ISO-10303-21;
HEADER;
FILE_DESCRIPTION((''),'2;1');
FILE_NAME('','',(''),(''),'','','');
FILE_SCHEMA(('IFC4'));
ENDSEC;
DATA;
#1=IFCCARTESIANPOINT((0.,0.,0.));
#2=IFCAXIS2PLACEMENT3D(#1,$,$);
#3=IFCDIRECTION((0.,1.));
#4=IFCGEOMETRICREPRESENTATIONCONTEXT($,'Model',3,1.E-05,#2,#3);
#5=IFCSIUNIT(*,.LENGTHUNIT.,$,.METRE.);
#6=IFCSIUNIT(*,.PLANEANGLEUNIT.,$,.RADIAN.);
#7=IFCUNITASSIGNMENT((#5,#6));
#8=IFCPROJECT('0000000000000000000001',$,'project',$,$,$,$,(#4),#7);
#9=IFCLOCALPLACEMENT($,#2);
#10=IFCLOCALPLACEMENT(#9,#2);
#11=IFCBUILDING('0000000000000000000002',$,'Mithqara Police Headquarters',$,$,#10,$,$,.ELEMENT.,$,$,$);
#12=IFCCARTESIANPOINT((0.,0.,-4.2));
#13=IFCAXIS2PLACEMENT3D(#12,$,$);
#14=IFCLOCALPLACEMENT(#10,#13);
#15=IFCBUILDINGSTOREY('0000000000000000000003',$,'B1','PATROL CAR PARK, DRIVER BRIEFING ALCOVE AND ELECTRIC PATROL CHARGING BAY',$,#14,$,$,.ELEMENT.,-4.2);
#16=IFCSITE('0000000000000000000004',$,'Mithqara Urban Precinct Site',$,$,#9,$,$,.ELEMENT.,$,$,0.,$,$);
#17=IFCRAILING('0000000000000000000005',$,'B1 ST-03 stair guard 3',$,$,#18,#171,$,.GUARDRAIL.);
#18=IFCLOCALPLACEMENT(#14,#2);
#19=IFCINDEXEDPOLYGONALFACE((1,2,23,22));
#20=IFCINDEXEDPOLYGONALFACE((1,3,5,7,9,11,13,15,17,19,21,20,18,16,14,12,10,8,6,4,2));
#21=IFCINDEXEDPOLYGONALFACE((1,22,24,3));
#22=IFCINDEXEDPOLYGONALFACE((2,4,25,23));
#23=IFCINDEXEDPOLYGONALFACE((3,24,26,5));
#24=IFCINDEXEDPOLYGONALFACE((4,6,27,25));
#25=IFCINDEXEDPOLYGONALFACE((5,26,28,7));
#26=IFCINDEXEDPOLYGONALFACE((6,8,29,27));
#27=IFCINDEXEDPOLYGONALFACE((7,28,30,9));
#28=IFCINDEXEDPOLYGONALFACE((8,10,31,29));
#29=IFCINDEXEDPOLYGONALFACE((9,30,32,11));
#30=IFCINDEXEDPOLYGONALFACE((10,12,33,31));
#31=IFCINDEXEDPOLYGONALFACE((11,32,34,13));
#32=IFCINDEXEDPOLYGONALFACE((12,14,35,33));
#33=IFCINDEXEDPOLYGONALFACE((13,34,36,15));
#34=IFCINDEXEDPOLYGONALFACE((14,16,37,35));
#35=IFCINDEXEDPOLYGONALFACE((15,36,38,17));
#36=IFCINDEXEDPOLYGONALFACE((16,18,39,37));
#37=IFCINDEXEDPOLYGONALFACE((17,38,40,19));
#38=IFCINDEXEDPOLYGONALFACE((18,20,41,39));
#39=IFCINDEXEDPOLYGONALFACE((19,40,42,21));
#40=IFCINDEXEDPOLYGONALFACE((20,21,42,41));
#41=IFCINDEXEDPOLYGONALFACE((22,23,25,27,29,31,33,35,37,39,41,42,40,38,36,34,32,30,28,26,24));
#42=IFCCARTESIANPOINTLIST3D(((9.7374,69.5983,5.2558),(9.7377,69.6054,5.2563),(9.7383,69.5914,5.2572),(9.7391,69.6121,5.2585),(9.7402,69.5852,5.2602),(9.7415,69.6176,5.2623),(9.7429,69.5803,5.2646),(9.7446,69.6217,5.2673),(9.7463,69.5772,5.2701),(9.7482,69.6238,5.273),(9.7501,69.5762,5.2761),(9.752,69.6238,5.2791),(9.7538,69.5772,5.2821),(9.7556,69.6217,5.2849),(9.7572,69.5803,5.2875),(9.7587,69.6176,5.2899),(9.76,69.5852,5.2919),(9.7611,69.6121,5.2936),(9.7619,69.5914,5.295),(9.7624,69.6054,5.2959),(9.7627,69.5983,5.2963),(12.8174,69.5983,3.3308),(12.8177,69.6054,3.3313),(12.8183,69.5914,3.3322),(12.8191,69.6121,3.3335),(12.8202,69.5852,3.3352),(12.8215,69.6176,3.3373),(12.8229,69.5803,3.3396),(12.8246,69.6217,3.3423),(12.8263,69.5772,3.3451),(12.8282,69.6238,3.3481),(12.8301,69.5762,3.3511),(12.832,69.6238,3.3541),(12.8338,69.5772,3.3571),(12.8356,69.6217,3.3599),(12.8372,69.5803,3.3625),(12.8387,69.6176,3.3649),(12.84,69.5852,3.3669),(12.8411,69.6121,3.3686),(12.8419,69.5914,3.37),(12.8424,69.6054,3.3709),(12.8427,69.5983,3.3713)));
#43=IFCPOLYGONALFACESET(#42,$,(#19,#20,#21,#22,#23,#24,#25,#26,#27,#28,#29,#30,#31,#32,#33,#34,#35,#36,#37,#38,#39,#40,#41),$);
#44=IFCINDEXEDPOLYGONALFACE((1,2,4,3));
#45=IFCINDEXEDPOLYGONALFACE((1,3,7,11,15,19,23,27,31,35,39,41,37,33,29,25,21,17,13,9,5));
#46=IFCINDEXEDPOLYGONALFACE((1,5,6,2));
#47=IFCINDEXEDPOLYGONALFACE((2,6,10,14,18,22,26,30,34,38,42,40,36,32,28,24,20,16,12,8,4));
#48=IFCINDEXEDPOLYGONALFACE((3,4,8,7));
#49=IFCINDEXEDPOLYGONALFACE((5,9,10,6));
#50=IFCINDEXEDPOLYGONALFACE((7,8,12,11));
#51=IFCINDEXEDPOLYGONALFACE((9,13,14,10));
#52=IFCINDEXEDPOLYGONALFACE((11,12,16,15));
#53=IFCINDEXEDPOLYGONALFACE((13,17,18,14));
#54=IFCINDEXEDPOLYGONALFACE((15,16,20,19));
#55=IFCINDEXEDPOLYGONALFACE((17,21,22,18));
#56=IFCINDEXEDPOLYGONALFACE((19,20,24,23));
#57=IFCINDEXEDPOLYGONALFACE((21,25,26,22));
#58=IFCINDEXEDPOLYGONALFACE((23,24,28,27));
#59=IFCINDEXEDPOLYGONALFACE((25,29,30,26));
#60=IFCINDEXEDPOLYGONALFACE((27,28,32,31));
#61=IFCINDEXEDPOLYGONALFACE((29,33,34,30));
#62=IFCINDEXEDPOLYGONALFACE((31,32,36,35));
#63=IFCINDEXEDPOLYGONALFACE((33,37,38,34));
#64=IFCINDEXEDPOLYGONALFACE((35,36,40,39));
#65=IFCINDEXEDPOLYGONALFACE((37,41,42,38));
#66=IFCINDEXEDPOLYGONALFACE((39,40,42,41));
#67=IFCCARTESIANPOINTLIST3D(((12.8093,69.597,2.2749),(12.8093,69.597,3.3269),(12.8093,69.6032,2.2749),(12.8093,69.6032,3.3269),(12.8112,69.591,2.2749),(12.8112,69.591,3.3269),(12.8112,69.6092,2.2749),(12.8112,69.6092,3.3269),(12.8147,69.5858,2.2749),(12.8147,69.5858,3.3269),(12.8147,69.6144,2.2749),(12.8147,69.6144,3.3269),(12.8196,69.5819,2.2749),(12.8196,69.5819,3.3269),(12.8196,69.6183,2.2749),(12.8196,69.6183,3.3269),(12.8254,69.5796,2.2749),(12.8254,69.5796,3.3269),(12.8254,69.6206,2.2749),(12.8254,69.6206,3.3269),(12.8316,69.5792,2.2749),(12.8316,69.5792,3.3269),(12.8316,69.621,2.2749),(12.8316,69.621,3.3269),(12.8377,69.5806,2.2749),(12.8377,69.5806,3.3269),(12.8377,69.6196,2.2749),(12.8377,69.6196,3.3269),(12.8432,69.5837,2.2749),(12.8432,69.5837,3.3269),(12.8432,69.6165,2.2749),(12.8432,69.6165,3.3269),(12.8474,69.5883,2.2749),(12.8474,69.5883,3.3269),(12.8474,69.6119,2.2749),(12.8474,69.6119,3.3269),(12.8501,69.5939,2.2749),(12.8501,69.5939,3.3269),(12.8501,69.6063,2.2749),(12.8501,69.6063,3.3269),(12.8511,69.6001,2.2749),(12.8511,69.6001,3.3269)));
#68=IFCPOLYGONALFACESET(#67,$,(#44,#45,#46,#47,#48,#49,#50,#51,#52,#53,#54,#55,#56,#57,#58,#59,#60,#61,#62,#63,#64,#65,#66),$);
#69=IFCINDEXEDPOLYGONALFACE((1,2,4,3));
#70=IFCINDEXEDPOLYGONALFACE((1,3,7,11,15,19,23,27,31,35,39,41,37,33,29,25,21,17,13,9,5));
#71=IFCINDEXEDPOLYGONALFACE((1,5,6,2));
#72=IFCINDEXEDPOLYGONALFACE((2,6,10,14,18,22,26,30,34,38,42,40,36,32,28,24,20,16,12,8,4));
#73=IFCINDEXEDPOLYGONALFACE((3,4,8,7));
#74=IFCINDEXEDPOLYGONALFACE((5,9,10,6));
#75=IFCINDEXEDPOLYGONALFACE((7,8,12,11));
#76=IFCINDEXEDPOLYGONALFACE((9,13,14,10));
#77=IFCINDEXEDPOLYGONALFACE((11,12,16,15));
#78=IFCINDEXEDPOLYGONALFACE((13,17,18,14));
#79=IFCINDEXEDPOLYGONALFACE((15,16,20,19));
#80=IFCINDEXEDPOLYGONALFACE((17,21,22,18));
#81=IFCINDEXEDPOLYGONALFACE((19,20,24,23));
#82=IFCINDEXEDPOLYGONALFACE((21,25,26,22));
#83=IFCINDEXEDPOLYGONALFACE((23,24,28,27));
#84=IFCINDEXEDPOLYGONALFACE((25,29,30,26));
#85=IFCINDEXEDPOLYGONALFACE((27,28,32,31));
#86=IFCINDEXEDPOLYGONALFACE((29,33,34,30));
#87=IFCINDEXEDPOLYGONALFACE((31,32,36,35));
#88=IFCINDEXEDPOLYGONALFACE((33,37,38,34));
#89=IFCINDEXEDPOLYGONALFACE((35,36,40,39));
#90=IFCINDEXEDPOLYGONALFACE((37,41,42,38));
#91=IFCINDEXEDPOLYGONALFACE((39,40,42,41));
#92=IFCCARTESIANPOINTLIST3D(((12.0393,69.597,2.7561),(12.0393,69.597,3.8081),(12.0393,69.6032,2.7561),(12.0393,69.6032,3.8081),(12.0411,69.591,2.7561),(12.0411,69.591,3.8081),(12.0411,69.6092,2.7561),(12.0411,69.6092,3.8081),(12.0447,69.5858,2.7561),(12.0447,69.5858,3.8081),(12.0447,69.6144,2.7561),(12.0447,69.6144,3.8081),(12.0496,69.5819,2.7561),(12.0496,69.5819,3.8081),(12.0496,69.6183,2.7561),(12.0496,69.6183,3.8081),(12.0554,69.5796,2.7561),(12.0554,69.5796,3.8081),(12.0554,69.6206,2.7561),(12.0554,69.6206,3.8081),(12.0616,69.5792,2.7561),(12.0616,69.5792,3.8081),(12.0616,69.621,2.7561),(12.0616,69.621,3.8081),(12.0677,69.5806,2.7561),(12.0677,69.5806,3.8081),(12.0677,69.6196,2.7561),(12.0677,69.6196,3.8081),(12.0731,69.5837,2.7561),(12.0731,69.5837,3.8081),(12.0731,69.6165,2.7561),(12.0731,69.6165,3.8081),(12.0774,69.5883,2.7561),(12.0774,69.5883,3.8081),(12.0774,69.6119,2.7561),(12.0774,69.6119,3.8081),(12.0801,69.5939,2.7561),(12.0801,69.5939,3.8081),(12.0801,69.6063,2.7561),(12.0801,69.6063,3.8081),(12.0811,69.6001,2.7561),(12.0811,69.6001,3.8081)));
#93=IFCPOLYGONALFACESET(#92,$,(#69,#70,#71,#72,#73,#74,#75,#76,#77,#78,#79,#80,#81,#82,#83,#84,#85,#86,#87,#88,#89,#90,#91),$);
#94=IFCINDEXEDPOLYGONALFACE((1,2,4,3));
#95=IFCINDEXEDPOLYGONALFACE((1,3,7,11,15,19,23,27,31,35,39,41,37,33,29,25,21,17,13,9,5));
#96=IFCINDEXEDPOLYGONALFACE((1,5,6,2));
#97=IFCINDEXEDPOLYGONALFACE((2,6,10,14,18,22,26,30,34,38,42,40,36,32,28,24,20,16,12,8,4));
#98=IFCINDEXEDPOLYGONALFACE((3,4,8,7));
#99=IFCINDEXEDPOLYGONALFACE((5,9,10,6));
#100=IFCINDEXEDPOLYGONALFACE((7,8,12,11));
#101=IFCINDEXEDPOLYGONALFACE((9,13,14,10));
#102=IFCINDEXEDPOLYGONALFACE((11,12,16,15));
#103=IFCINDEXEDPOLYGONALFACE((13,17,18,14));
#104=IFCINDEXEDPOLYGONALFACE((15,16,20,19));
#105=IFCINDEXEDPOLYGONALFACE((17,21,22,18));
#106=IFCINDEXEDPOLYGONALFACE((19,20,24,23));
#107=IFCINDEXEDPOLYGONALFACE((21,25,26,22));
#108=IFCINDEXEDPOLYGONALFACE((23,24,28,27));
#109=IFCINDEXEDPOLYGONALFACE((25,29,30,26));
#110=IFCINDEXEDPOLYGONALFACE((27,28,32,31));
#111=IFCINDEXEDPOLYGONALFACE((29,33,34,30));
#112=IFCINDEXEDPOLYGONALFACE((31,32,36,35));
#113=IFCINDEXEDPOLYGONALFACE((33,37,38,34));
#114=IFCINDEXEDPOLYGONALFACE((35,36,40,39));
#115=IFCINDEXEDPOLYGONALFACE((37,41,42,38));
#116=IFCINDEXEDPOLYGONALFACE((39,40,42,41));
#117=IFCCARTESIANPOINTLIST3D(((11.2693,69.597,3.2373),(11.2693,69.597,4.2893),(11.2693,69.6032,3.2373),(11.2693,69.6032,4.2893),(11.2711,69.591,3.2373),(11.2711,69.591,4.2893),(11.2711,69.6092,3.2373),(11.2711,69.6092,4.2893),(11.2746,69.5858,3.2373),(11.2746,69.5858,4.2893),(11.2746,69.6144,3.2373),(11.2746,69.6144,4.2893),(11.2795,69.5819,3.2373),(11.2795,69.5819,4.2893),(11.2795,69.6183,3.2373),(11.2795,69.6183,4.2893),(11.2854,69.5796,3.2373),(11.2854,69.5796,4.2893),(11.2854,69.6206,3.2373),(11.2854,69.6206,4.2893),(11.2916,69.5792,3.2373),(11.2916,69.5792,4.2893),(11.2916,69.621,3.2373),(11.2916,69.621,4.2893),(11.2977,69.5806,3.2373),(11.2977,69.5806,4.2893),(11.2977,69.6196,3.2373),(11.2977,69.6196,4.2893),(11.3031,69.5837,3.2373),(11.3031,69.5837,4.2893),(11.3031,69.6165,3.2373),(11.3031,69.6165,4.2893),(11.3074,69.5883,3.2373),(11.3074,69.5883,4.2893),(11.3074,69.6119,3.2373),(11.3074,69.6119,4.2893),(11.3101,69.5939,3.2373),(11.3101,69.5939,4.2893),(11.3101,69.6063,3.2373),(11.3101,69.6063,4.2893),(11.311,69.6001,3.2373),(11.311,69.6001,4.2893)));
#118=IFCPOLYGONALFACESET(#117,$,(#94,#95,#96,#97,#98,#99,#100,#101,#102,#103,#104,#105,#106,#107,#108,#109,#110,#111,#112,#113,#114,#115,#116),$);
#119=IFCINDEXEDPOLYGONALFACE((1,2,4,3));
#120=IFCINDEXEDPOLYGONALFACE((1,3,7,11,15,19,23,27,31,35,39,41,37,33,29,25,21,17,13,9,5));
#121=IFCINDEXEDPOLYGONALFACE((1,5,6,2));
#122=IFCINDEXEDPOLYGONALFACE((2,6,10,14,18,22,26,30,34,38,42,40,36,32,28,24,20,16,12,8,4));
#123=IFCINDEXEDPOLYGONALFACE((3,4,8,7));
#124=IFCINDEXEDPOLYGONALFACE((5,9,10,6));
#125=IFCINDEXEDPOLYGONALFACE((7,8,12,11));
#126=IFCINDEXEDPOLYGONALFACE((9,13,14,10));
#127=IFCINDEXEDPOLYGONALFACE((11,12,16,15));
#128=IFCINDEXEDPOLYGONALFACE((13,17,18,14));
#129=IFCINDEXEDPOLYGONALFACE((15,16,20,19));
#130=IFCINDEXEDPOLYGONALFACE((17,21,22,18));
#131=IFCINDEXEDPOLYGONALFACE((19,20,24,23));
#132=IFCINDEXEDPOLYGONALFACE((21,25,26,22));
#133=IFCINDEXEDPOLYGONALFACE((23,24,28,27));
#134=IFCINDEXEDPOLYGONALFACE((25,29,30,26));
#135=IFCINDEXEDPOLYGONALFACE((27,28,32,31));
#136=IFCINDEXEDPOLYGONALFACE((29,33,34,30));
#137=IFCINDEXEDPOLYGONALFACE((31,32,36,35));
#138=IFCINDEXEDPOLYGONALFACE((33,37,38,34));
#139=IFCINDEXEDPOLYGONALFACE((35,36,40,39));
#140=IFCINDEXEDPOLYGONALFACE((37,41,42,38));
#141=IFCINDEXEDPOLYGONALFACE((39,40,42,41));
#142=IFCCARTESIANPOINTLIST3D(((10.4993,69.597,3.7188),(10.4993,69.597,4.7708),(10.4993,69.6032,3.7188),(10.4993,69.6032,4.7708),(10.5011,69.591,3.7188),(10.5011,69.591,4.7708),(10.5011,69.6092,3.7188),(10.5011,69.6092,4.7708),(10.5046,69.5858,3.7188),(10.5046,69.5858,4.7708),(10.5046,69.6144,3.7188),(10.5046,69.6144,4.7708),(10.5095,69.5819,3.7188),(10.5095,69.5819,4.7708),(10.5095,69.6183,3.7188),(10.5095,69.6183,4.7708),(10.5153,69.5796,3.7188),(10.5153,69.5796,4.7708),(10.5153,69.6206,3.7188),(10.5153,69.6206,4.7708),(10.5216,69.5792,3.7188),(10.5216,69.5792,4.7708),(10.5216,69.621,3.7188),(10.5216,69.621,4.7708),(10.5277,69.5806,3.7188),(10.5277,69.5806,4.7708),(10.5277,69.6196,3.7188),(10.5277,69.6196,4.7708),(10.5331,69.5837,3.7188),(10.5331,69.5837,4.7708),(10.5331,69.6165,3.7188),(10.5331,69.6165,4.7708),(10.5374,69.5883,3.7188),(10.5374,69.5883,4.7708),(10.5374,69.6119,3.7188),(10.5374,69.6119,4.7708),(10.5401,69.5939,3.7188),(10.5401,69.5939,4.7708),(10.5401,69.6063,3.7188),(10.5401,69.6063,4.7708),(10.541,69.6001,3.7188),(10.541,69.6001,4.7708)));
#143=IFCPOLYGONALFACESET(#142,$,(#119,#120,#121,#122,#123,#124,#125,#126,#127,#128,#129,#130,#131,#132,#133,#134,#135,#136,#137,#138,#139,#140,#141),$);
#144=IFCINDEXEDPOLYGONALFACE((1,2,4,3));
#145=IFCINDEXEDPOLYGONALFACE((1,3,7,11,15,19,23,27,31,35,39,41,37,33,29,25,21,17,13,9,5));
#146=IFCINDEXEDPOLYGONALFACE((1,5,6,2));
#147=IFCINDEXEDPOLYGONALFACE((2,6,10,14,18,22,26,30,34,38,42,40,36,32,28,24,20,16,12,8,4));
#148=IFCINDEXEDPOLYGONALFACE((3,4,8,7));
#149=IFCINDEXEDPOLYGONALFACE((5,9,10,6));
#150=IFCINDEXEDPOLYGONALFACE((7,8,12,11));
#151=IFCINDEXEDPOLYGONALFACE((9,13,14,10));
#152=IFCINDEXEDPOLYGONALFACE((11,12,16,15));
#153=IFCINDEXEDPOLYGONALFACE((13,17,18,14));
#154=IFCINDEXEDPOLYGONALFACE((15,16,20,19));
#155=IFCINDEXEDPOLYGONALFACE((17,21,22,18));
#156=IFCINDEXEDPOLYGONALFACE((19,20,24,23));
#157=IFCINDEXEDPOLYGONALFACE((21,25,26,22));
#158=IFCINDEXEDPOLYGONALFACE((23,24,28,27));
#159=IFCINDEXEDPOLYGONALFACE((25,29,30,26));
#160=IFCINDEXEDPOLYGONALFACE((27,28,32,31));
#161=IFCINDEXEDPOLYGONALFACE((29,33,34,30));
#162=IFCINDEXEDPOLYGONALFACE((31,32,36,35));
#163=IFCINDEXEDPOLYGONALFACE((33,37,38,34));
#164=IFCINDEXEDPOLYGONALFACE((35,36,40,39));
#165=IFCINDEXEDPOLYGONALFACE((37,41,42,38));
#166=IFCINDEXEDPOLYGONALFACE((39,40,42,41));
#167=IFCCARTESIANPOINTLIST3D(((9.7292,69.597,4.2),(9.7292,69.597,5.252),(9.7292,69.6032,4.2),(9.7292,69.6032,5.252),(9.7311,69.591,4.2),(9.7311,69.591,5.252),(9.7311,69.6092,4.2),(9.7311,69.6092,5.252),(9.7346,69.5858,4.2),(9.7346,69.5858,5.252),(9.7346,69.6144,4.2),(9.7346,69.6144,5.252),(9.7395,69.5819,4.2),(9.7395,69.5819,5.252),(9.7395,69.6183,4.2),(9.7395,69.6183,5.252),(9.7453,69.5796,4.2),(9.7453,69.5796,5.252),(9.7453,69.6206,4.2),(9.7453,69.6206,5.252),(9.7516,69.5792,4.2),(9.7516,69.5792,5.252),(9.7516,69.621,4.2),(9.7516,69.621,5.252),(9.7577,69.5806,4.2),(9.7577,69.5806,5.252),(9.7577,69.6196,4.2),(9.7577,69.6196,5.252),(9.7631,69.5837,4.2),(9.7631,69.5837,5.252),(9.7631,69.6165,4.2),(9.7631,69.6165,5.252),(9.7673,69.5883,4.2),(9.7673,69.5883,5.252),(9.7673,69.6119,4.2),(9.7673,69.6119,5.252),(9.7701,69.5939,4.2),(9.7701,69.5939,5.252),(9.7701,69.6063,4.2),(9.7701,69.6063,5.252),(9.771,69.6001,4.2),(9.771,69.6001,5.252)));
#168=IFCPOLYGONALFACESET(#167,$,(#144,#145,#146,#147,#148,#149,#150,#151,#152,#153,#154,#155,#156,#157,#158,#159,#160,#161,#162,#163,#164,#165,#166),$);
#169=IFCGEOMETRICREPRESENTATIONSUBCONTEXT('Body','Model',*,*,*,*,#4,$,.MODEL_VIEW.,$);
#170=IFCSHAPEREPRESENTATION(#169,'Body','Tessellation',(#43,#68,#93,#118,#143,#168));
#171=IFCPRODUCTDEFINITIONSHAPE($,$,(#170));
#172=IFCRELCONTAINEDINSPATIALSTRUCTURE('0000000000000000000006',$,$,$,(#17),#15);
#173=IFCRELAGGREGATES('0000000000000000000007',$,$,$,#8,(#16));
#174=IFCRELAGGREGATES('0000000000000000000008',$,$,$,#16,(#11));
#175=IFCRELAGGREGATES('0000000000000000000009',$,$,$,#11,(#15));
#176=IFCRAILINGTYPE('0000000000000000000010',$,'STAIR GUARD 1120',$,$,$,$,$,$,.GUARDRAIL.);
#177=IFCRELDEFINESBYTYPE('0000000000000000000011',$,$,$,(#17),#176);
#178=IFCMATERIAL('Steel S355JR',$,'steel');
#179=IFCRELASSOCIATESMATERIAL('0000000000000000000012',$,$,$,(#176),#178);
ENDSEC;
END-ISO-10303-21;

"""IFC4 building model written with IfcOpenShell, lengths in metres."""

from ifc_helpers import new_model, si_unit, direction, frame, origin, origin_2d, place, context, subcontext, project, spatial, circle, extrude, material, type_object, element, save


model = new_model("IFC4")

# Units and contexts
model_context = context("Model", 3, precision=1e-05, world=origin(), true_north=direction((0.0, 1.0)))
body_context = subcontext(model_context, "Body", "Model", "MODEL_VIEW")
ifc_project = project(units=[si_unit("LENGTHUNIT", "METRE"), si_unit("PLANEANGLEUNIT", "RADIAN")], contexts=[model_context])

# Site, building, storey
site_placement = place(None, origin())
site = spatial("IfcSite", under=ifc_project, at=site_placement, Name="Mithqara Urban Precinct Site", CompositionType="ELEMENT", RefElevation=0.0)
building_placement = place(site_placement, origin())
building = spatial("IfcBuilding", under=site, at=building_placement, Name="Mithqara Police Headquarters", CompositionType="ELEMENT")
storey_placement = place(building_placement, frame((0.0, 0.0, -4.2)))
storey = spatial("IfcBuildingStorey", under=building, at=storey_placement, Name="B1", Description="PATROL CAR PARK, DRIVER BRIEFING ALCOVE AND ELECTRIC PATROL CHARGING BAY", CompositionType="ELEMENT", Elevation=-4.2)

# Shared definitions
ifc_material_1 = material(Name="Steel S355JR", Category="steel")

# Railing
railing_type_1 = type_object("IfcRailingType", Name="STAIR GUARD 1120", PredefinedType="GUARDRAIL", material=ifc_material_1)
railing_1_placement = place(storey_placement, frame((12.8301, 69.6001, 2.2749)))
element("IfcRailing", 1, at=railing_1_placement, inside=storey, type_object=railing_type_1, Name="B1 ST-03 stair guard 3", PredefinedType="GUARDRAIL", context=body_context, shape_type="SweptSolid", body=[
    extrude(circle(Radius=0.0239, at=origin_2d()), frame((0.0, 0.0, 1.0762), z_axis=(-0.847998, 0.0, 0.529999), x_axis=(0.0, -1.0, 0.0)), (0.0, 0.0, 1.0), 3.6321),
    extrude(circle(Radius=0.021, at=origin_2d()), origin(), (0.0, 0.0, 1.0), 1.052),
    extrude(circle(Radius=0.021, at=origin_2d()), frame((-0.77, 0.0, 0.4812)), (0.0, 0.0, 1.0), 1.052),
    extrude(circle(Radius=0.021, at=origin_2d()), frame((-1.54, 0.0, 0.9624)), (0.0, 0.0, 1.0), 1.052),
    extrude(circle(Radius=0.021, at=origin_2d()), frame((-2.3101, 0.0, 1.4438)), (0.0, 0.0, 1.0), 1.052),
    extrude(circle(Radius=0.021, at=origin_2d()), frame((-3.0801, 0.0, 1.925)), (0.0, 0.0, 1.0), 1.052),
])

save(model, "model.ifc")
